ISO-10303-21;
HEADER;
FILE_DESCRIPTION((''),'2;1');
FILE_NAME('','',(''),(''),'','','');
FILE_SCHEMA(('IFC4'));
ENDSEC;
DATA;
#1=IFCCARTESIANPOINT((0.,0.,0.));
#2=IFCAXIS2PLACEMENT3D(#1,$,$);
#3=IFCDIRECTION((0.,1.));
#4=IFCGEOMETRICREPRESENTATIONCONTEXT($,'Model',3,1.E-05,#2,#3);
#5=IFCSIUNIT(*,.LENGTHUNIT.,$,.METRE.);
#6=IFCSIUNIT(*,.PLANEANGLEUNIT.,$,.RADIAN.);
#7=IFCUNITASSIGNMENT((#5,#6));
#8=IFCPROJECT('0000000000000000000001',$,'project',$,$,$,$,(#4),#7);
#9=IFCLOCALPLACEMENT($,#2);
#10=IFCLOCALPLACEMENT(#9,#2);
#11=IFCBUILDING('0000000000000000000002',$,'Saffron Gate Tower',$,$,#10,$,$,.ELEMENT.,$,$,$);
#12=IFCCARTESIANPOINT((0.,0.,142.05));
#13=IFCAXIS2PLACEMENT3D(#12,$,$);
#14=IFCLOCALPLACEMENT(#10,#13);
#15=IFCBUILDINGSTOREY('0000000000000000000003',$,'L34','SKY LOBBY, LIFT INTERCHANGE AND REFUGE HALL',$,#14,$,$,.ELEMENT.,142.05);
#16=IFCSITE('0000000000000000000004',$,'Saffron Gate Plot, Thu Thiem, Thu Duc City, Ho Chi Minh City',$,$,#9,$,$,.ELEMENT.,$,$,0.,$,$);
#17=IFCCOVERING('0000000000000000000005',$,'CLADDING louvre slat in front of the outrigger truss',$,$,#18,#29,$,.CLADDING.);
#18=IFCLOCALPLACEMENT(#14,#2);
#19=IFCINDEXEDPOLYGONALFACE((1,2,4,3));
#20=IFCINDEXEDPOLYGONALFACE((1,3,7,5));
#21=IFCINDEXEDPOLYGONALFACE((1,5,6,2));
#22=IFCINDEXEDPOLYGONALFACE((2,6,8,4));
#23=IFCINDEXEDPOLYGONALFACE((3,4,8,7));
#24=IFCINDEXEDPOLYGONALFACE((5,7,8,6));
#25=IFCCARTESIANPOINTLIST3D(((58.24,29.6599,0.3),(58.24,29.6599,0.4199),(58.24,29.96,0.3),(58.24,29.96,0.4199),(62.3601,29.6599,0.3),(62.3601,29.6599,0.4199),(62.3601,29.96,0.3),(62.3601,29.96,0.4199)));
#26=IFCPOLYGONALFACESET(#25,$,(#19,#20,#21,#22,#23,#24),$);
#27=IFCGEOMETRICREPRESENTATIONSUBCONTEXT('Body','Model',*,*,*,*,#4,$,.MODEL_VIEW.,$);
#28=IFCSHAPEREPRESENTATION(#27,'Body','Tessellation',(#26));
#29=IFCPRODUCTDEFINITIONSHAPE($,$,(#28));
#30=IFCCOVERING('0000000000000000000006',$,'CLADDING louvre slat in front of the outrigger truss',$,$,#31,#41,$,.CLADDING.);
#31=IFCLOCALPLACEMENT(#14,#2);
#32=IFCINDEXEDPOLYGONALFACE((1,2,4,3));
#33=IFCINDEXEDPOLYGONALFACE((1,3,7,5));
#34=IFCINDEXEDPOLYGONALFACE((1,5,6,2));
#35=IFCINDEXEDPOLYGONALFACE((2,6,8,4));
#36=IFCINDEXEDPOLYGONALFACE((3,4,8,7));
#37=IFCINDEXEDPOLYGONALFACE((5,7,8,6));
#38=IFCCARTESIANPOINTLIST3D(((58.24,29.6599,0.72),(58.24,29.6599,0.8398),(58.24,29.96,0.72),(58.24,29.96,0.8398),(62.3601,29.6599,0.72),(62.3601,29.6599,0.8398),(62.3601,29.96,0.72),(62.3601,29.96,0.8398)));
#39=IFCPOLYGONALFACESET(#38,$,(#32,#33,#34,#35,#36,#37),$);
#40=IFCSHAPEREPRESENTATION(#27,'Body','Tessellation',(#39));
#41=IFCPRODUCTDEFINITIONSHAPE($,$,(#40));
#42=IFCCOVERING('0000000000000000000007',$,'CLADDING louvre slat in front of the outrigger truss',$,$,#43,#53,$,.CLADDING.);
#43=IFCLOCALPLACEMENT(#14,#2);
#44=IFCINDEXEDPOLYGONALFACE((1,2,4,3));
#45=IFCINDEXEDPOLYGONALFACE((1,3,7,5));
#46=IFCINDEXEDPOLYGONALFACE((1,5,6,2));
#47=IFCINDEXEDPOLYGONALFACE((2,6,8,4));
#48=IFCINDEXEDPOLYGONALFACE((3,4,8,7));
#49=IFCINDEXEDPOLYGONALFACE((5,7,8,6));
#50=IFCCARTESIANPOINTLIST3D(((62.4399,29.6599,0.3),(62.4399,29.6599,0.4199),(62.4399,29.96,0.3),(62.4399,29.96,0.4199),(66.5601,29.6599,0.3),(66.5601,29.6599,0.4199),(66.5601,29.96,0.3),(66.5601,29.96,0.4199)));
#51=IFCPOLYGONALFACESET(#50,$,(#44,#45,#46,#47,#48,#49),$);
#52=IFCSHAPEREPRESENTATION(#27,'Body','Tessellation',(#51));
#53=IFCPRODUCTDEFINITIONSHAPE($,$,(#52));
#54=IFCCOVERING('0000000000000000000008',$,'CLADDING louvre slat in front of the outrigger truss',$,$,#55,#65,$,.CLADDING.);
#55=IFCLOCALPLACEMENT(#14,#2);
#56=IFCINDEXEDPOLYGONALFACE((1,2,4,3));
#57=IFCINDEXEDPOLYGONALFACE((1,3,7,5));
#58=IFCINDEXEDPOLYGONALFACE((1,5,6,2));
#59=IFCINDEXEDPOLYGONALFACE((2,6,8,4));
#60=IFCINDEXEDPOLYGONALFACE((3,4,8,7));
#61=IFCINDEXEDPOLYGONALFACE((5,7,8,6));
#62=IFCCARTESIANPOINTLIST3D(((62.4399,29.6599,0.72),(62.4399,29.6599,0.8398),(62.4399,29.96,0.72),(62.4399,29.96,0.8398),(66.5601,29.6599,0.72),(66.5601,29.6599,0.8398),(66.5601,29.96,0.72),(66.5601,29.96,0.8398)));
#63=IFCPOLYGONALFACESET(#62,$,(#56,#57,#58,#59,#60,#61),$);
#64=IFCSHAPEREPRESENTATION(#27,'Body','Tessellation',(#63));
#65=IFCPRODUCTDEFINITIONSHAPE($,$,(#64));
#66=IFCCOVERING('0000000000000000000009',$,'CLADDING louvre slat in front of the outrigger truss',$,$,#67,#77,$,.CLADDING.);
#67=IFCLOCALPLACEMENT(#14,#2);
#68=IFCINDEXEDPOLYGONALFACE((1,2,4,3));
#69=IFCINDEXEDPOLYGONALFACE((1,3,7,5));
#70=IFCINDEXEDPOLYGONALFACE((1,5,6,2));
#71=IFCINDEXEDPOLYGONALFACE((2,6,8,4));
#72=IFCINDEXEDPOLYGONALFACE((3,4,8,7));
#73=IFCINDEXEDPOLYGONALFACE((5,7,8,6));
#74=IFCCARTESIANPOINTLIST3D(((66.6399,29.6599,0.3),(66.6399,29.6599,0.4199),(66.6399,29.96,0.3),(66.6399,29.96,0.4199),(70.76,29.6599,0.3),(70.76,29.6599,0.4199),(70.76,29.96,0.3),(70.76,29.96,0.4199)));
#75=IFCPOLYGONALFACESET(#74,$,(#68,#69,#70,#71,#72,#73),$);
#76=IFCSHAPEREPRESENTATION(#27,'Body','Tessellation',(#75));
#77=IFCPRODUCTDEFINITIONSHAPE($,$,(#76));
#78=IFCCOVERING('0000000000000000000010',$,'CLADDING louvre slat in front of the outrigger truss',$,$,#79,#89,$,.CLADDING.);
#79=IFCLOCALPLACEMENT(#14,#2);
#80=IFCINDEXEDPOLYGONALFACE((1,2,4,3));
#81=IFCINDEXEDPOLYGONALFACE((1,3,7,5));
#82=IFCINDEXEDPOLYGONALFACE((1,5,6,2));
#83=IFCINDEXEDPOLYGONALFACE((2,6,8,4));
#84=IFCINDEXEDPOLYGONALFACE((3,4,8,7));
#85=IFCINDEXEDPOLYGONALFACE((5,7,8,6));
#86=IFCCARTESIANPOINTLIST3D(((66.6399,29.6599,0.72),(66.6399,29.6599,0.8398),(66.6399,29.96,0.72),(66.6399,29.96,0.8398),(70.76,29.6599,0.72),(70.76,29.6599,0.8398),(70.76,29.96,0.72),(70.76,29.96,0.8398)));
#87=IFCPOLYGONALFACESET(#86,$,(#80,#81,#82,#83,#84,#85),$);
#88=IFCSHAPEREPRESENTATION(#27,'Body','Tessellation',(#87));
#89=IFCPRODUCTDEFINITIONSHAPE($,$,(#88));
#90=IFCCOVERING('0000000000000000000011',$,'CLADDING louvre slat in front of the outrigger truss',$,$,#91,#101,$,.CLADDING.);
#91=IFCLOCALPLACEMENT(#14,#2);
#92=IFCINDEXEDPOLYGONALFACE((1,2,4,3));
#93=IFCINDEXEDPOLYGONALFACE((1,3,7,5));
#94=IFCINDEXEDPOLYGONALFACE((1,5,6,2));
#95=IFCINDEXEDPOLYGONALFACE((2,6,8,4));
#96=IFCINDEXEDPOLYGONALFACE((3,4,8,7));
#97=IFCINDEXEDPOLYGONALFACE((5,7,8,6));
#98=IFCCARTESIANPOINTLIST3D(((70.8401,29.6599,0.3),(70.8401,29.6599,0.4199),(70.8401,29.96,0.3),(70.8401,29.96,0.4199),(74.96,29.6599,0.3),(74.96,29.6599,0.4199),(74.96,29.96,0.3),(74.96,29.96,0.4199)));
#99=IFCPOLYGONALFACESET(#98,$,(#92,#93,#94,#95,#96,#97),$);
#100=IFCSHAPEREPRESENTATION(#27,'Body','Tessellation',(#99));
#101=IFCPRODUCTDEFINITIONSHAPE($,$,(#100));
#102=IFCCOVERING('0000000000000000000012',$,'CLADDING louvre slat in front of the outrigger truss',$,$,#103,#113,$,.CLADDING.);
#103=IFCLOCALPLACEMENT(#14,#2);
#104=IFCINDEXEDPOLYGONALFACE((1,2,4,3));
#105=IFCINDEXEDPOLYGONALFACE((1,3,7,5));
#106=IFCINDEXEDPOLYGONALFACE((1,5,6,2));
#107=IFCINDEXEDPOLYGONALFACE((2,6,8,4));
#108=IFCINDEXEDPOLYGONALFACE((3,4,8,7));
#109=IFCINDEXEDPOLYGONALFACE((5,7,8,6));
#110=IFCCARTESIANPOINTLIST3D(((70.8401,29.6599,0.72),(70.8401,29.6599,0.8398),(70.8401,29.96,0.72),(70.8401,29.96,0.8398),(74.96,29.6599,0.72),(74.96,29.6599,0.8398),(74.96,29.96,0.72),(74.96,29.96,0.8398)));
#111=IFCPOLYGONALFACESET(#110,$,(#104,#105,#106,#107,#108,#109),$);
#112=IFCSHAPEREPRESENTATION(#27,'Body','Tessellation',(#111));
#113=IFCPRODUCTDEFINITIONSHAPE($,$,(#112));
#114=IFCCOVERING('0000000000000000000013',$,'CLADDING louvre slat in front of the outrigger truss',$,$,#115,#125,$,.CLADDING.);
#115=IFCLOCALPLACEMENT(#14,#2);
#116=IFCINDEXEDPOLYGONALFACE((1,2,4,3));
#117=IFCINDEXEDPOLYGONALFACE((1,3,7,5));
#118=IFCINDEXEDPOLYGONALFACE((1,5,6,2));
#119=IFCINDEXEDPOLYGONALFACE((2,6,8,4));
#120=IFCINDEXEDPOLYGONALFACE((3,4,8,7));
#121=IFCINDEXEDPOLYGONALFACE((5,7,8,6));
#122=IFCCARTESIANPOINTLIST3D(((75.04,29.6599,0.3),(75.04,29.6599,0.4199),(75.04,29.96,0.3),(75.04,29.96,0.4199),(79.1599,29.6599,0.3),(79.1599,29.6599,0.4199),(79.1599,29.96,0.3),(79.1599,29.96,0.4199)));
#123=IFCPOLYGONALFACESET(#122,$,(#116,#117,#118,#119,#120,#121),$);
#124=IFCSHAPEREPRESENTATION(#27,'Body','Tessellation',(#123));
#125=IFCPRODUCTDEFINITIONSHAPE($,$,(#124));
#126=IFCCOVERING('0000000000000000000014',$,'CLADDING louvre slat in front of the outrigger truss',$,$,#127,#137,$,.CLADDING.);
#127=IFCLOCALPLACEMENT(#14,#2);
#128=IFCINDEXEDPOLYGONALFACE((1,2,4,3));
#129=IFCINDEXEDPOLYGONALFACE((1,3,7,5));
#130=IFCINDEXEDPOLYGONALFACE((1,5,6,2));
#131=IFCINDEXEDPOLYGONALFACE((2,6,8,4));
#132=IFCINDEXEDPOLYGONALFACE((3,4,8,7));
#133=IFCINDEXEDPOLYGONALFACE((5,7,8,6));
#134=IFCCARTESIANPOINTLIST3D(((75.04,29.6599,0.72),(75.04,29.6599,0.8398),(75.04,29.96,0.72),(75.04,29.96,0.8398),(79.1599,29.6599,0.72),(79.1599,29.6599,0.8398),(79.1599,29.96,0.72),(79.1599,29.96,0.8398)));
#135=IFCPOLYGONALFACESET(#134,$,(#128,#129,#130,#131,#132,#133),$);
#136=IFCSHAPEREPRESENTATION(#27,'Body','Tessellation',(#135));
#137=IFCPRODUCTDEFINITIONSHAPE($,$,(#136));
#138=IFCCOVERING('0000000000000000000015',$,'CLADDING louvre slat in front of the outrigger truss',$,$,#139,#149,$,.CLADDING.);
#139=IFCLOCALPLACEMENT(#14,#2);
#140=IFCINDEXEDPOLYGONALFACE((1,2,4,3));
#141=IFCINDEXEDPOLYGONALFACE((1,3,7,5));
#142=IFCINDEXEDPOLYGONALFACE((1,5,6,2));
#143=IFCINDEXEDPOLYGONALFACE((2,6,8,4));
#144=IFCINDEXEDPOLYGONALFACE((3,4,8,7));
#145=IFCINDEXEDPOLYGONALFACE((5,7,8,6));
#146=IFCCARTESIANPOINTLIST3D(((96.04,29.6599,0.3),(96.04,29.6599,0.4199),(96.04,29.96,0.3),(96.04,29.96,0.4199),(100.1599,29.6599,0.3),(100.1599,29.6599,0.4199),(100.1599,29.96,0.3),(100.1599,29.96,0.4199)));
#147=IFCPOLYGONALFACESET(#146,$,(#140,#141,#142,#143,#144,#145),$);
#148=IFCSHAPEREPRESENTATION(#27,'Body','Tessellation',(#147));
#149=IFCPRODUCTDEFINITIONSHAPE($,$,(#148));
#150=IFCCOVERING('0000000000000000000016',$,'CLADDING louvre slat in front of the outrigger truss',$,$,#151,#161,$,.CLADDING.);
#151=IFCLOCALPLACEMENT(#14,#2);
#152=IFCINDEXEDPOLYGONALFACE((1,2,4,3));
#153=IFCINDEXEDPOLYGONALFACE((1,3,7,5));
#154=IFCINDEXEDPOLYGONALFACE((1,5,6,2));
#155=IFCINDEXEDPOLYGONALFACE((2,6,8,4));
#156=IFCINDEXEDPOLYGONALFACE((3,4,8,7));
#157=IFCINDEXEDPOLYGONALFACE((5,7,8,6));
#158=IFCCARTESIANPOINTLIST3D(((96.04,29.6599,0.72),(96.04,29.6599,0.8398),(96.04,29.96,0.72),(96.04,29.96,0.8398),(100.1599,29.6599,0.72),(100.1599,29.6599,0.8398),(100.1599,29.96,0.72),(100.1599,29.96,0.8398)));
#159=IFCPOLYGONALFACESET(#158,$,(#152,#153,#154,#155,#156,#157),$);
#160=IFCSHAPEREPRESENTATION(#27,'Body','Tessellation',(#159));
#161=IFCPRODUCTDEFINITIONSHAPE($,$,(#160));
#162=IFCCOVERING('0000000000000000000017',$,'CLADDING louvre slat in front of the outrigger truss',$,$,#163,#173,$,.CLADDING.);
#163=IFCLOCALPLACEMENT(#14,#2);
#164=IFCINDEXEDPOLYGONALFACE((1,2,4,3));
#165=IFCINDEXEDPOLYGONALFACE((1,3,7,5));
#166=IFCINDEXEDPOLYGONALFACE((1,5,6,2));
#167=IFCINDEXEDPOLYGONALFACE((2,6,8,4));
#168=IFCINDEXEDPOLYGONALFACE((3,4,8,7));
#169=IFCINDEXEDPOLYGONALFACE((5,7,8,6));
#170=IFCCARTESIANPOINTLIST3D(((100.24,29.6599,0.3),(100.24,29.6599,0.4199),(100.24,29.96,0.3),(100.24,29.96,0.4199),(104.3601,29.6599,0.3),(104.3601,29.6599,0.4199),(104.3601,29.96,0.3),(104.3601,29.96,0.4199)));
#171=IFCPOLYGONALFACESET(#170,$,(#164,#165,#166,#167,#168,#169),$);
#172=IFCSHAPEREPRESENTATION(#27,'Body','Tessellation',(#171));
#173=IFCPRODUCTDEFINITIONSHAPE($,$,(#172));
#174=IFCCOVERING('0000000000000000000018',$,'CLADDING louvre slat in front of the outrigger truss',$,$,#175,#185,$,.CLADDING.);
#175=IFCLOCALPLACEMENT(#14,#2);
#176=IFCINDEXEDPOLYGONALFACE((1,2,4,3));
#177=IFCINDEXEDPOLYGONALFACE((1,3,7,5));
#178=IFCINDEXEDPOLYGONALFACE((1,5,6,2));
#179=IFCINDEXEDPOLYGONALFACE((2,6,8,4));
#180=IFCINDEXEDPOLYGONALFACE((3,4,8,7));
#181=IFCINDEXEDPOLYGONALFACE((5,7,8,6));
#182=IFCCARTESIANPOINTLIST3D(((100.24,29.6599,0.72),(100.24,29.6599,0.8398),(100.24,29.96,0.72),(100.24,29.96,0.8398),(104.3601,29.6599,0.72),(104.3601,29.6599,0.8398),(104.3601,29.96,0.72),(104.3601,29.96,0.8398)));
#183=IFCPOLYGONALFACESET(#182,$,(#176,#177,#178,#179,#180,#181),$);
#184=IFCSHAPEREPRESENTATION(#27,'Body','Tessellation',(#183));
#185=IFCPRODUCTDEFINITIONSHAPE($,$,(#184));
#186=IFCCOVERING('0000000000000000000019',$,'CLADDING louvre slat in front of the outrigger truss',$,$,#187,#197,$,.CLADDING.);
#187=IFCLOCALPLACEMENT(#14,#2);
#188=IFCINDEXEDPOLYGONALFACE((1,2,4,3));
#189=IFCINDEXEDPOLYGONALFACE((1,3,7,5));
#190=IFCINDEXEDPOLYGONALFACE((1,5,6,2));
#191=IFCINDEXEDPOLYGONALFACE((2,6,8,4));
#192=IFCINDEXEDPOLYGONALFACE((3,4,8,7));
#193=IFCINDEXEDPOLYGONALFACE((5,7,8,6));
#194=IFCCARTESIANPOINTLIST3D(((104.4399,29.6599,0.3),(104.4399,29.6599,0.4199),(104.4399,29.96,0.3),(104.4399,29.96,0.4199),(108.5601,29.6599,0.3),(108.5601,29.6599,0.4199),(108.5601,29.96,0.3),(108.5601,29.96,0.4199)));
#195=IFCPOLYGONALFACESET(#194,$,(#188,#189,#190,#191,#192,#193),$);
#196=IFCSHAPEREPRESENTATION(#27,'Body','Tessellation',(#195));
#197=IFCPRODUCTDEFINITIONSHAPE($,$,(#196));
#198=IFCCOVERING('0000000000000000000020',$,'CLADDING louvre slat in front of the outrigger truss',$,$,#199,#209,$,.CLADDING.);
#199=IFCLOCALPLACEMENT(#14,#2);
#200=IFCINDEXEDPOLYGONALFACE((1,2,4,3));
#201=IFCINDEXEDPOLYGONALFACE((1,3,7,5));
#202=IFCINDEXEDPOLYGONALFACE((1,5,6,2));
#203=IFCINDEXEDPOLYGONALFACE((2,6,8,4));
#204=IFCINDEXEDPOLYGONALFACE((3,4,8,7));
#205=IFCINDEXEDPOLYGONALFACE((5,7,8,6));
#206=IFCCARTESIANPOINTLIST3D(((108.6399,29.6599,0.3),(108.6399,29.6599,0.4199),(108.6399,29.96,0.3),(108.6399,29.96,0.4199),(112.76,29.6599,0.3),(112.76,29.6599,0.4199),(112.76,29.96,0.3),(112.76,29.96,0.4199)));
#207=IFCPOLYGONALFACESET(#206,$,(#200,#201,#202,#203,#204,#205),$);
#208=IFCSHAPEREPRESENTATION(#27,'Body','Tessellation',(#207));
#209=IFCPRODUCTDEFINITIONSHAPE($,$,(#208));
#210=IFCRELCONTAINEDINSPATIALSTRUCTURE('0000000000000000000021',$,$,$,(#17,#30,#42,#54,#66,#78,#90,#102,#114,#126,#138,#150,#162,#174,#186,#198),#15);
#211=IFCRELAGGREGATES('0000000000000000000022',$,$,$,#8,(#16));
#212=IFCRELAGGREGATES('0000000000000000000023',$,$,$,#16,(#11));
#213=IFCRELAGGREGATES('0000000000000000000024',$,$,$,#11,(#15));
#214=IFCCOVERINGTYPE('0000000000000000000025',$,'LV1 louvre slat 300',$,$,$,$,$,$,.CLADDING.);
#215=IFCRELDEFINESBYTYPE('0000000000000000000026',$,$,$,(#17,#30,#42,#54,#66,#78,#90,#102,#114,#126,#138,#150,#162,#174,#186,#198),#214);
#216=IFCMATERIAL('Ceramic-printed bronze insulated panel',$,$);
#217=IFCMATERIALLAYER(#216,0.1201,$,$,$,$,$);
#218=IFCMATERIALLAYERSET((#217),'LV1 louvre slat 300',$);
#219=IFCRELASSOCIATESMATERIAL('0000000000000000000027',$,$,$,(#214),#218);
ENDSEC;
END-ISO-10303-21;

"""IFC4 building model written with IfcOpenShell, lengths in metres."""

from ifc_helpers import new_model, si_unit, direction, frame, origin, place, context, subcontext, project, spatial, polyline, outline, extrude, material, layer, layer_set, type_object, element, save


model = new_model("IFC4")

# Units and contexts
model_context = context("Model", 3, precision=1e-05, world=origin(), true_north=direction((0.0, 1.0)))
body_context = subcontext(model_context, "Body", "Model", "MODEL_VIEW")
ifc_project = project(units=[si_unit("LENGTHUNIT", "METRE"), si_unit("PLANEANGLEUNIT", "RADIAN")], contexts=[model_context])

# Site, building, storey
site_placement = place(None, origin())
site = spatial("IfcSite", under=ifc_project, at=site_placement, Name="Saffron Gate Plot, Thu Thiem, Thu Duc City, Ho Chi Minh City", CompositionType="ELEMENT", RefElevation=0.0)
building_placement = place(site_placement, origin())
building = spatial("IfcBuilding", under=site, at=building_placement, Name="Saffron Gate Tower", CompositionType="ELEMENT")
storey_placement = place(building_placement, frame((0.0, 0.0, 142.05)))
storey = spatial("IfcBuildingStorey", under=building, at=storey_placement, Name="L34", Description="SKY LOBBY, LIFT INTERCHANGE AND REFUGE HALL", CompositionType="ELEMENT", Elevation=142.05)

# Coverings
ifc_material = material(Name="Ceramic-printed bronze insulated panel")
ifc_layer = layer(ifc_material, 0.1201)
ifc_layer_set = layer_set([ifc_layer], Name="LV1 louvre slat 300")
covering_type = type_object("IfcCoveringType", Name="LV1 louvre slat 300", PredefinedType="CLADDING", material=ifc_layer_set)
for number, where, name in (
    (1, (0.0, 0.0, 0.3), "CLADDING louvre slat in front of the outrigger truss"),
    (2, (0.0, 0.0, 0.72), "CLADDING louvre slat in front of the outrigger truss"),
):
    element("IfcCovering", number, at=place(storey_placement, frame(where)), inside=storey, type_object=covering_type, Name=name, PredefinedType="CLADDING", context=body_context, shape_type="SweptSolid", body=[
        extrude(outline(polyline([(58.24, 29.6599), (62.3601, 29.6599), (62.3601, 29.96), (58.24, 29.96), (58.24, 29.6599)])), origin(), (0.0, 0.0, 1.0), 0.1199),
    ])
for number, where, name in (
    (3, (0.0, 0.0, 0.3), "CLADDING louvre slat in front of the outrigger truss"),
    (4, (0.0, 0.0, 0.72), "CLADDING louvre slat in front of the outrigger truss"),
):
    element("IfcCovering", number, at=place(storey_placement, frame(where)), inside=storey, type_object=covering_type, Name=name, PredefinedType="CLADDING", context=body_context, shape_type="SweptSolid", body=[
        extrude(outline(polyline([(62.4399, 29.6599), (66.5601, 29.6599), (66.5601, 29.96), (62.4399, 29.96), (62.4399, 29.6599)])), origin(), (0.0, 0.0, 1.0), 0.1199),
    ])
for number, where, name in (
    (5, (0.0, 0.0, 0.3), "CLADDING louvre slat in front of the outrigger truss"),
    (6, (0.0, 0.0, 0.72), "CLADDING louvre slat in front of the outrigger truss"),
):
    element("IfcCovering", number, at=place(storey_placement, frame(where)), inside=storey, type_object=covering_type, Name=name, PredefinedType="CLADDING", context=body_context, shape_type="SweptSolid", body=[
        extrude(outline(polyline([(66.6399, 29.6599), (70.76, 29.6599), (70.76, 29.96), (66.6399, 29.96), (66.6399, 29.6599)])), origin(), (0.0, 0.0, 1.0), 0.1199),
    ])
for number, where, name in (
    (7, (0.0, 0.0, 0.3), "CLADDING louvre slat in front of the outrigger truss"),
    (8, (0.0, 0.0, 0.72), "CLADDING louvre slat in front of the outrigger truss"),
):
    element("IfcCovering", number, at=place(storey_placement, frame(where)), inside=storey, type_object=covering_type, Name=name, PredefinedType="CLADDING", context=body_context, shape_type="SweptSolid", body=[
        extrude(outline(polyline([(70.8401, 29.6599), (74.96, 29.6599), (74.96, 29.96), (70.8401, 29.96), (70.8401, 29.6599)])), origin(), (0.0, 0.0, 1.0), 0.1199),
    ])
for number, where, name in (
    (9, (0.0, 0.0, 0.3), "CLADDING louvre slat in front of the outrigger truss"),
    (10, (0.0, 0.0, 0.72), "CLADDING louvre slat in front of the outrigger truss"),
):
    element("IfcCovering", number, at=place(storey_placement, frame(where)), inside=storey, type_object=covering_type, Name=name, PredefinedType="CLADDING", context=body_context, shape_type="SweptSolid", body=[
        extrude(outline(polyline([(75.04, 29.6599), (79.1599, 29.6599), (79.1599, 29.96), (75.04, 29.96), (75.04, 29.6599)])), origin(), (0.0, 0.0, 1.0), 0.1199),
    ])
for number, where, name in (
    (11, (0.0, 0.0, 0.3), "CLADDING louvre slat in front of the outrigger truss"),
    (12, (0.0, 0.0, 0.72), "CLADDING louvre slat in front of the outrigger truss"),
):
    element("IfcCovering", number, at=place(storey_placement, frame(where)), inside=storey, type_object=covering_type, Name=name, PredefinedType="CLADDING", context=body_context, shape_type="SweptSolid", body=[
        extrude(outline(polyline([(96.04, 29.6599), (100.1599, 29.6599), (100.1599, 29.96), (96.04, 29.96), (96.04, 29.6599)])), origin(), (0.0, 0.0, 1.0), 0.1199),
    ])
for number, where, name in (
    (13, (0.0, 0.0, 0.3), "CLADDING louvre slat in front of the outrigger truss"),
    (14, (0.0, 0.0, 0.72), "CLADDING louvre slat in front of the outrigger truss"),
):
    element("IfcCovering", number, at=place(storey_placement, frame(where)), inside=storey, type_object=covering_type, Name=name, PredefinedType="CLADDING", context=body_context, shape_type="SweptSolid", body=[
        extrude(outline(polyline([(100.24, 29.6599), (104.3601, 29.6599), (104.3601, 29.96), (100.24, 29.96), (100.24, 29.6599)])), origin(), (0.0, 0.0, 1.0), 0.1199),
    ])
covering_1_placement = place(storey_placement, frame((0.0, 0.0, 0.3)))
element("IfcCovering", 15, at=covering_1_placement, inside=storey, type_object=covering_type, Name="CLADDING louvre slat in front of the outrigger truss", PredefinedType="CLADDING", context=body_context, shape_type="SweptSolid", body=[
    extrude(outline(polyline([(104.4399, 29.6599), (108.5601, 29.6599), (108.5601, 29.96), (104.4399, 29.96), (104.4399, 29.6599)])), origin(), (0.0, 0.0, 1.0), 0.1199),
])
covering_2_placement = place(storey_placement, frame((0.0, 0.0, 0.3)))
element("IfcCovering", 16, at=covering_2_placement, inside=storey, type_object=covering_type, Name="CLADDING louvre slat in front of the outrigger truss", PredefinedType="CLADDING", context=body_context, shape_type="SweptSolid", body=[
    extrude(outline(polyline([(108.6399, 29.6599), (112.76, 29.6599), (112.76, 29.96), (108.6399, 29.96), (108.6399, 29.6599)])), origin(), (0.0, 0.0, 1.0), 0.1199),
])

save(model, "model.ifc")
